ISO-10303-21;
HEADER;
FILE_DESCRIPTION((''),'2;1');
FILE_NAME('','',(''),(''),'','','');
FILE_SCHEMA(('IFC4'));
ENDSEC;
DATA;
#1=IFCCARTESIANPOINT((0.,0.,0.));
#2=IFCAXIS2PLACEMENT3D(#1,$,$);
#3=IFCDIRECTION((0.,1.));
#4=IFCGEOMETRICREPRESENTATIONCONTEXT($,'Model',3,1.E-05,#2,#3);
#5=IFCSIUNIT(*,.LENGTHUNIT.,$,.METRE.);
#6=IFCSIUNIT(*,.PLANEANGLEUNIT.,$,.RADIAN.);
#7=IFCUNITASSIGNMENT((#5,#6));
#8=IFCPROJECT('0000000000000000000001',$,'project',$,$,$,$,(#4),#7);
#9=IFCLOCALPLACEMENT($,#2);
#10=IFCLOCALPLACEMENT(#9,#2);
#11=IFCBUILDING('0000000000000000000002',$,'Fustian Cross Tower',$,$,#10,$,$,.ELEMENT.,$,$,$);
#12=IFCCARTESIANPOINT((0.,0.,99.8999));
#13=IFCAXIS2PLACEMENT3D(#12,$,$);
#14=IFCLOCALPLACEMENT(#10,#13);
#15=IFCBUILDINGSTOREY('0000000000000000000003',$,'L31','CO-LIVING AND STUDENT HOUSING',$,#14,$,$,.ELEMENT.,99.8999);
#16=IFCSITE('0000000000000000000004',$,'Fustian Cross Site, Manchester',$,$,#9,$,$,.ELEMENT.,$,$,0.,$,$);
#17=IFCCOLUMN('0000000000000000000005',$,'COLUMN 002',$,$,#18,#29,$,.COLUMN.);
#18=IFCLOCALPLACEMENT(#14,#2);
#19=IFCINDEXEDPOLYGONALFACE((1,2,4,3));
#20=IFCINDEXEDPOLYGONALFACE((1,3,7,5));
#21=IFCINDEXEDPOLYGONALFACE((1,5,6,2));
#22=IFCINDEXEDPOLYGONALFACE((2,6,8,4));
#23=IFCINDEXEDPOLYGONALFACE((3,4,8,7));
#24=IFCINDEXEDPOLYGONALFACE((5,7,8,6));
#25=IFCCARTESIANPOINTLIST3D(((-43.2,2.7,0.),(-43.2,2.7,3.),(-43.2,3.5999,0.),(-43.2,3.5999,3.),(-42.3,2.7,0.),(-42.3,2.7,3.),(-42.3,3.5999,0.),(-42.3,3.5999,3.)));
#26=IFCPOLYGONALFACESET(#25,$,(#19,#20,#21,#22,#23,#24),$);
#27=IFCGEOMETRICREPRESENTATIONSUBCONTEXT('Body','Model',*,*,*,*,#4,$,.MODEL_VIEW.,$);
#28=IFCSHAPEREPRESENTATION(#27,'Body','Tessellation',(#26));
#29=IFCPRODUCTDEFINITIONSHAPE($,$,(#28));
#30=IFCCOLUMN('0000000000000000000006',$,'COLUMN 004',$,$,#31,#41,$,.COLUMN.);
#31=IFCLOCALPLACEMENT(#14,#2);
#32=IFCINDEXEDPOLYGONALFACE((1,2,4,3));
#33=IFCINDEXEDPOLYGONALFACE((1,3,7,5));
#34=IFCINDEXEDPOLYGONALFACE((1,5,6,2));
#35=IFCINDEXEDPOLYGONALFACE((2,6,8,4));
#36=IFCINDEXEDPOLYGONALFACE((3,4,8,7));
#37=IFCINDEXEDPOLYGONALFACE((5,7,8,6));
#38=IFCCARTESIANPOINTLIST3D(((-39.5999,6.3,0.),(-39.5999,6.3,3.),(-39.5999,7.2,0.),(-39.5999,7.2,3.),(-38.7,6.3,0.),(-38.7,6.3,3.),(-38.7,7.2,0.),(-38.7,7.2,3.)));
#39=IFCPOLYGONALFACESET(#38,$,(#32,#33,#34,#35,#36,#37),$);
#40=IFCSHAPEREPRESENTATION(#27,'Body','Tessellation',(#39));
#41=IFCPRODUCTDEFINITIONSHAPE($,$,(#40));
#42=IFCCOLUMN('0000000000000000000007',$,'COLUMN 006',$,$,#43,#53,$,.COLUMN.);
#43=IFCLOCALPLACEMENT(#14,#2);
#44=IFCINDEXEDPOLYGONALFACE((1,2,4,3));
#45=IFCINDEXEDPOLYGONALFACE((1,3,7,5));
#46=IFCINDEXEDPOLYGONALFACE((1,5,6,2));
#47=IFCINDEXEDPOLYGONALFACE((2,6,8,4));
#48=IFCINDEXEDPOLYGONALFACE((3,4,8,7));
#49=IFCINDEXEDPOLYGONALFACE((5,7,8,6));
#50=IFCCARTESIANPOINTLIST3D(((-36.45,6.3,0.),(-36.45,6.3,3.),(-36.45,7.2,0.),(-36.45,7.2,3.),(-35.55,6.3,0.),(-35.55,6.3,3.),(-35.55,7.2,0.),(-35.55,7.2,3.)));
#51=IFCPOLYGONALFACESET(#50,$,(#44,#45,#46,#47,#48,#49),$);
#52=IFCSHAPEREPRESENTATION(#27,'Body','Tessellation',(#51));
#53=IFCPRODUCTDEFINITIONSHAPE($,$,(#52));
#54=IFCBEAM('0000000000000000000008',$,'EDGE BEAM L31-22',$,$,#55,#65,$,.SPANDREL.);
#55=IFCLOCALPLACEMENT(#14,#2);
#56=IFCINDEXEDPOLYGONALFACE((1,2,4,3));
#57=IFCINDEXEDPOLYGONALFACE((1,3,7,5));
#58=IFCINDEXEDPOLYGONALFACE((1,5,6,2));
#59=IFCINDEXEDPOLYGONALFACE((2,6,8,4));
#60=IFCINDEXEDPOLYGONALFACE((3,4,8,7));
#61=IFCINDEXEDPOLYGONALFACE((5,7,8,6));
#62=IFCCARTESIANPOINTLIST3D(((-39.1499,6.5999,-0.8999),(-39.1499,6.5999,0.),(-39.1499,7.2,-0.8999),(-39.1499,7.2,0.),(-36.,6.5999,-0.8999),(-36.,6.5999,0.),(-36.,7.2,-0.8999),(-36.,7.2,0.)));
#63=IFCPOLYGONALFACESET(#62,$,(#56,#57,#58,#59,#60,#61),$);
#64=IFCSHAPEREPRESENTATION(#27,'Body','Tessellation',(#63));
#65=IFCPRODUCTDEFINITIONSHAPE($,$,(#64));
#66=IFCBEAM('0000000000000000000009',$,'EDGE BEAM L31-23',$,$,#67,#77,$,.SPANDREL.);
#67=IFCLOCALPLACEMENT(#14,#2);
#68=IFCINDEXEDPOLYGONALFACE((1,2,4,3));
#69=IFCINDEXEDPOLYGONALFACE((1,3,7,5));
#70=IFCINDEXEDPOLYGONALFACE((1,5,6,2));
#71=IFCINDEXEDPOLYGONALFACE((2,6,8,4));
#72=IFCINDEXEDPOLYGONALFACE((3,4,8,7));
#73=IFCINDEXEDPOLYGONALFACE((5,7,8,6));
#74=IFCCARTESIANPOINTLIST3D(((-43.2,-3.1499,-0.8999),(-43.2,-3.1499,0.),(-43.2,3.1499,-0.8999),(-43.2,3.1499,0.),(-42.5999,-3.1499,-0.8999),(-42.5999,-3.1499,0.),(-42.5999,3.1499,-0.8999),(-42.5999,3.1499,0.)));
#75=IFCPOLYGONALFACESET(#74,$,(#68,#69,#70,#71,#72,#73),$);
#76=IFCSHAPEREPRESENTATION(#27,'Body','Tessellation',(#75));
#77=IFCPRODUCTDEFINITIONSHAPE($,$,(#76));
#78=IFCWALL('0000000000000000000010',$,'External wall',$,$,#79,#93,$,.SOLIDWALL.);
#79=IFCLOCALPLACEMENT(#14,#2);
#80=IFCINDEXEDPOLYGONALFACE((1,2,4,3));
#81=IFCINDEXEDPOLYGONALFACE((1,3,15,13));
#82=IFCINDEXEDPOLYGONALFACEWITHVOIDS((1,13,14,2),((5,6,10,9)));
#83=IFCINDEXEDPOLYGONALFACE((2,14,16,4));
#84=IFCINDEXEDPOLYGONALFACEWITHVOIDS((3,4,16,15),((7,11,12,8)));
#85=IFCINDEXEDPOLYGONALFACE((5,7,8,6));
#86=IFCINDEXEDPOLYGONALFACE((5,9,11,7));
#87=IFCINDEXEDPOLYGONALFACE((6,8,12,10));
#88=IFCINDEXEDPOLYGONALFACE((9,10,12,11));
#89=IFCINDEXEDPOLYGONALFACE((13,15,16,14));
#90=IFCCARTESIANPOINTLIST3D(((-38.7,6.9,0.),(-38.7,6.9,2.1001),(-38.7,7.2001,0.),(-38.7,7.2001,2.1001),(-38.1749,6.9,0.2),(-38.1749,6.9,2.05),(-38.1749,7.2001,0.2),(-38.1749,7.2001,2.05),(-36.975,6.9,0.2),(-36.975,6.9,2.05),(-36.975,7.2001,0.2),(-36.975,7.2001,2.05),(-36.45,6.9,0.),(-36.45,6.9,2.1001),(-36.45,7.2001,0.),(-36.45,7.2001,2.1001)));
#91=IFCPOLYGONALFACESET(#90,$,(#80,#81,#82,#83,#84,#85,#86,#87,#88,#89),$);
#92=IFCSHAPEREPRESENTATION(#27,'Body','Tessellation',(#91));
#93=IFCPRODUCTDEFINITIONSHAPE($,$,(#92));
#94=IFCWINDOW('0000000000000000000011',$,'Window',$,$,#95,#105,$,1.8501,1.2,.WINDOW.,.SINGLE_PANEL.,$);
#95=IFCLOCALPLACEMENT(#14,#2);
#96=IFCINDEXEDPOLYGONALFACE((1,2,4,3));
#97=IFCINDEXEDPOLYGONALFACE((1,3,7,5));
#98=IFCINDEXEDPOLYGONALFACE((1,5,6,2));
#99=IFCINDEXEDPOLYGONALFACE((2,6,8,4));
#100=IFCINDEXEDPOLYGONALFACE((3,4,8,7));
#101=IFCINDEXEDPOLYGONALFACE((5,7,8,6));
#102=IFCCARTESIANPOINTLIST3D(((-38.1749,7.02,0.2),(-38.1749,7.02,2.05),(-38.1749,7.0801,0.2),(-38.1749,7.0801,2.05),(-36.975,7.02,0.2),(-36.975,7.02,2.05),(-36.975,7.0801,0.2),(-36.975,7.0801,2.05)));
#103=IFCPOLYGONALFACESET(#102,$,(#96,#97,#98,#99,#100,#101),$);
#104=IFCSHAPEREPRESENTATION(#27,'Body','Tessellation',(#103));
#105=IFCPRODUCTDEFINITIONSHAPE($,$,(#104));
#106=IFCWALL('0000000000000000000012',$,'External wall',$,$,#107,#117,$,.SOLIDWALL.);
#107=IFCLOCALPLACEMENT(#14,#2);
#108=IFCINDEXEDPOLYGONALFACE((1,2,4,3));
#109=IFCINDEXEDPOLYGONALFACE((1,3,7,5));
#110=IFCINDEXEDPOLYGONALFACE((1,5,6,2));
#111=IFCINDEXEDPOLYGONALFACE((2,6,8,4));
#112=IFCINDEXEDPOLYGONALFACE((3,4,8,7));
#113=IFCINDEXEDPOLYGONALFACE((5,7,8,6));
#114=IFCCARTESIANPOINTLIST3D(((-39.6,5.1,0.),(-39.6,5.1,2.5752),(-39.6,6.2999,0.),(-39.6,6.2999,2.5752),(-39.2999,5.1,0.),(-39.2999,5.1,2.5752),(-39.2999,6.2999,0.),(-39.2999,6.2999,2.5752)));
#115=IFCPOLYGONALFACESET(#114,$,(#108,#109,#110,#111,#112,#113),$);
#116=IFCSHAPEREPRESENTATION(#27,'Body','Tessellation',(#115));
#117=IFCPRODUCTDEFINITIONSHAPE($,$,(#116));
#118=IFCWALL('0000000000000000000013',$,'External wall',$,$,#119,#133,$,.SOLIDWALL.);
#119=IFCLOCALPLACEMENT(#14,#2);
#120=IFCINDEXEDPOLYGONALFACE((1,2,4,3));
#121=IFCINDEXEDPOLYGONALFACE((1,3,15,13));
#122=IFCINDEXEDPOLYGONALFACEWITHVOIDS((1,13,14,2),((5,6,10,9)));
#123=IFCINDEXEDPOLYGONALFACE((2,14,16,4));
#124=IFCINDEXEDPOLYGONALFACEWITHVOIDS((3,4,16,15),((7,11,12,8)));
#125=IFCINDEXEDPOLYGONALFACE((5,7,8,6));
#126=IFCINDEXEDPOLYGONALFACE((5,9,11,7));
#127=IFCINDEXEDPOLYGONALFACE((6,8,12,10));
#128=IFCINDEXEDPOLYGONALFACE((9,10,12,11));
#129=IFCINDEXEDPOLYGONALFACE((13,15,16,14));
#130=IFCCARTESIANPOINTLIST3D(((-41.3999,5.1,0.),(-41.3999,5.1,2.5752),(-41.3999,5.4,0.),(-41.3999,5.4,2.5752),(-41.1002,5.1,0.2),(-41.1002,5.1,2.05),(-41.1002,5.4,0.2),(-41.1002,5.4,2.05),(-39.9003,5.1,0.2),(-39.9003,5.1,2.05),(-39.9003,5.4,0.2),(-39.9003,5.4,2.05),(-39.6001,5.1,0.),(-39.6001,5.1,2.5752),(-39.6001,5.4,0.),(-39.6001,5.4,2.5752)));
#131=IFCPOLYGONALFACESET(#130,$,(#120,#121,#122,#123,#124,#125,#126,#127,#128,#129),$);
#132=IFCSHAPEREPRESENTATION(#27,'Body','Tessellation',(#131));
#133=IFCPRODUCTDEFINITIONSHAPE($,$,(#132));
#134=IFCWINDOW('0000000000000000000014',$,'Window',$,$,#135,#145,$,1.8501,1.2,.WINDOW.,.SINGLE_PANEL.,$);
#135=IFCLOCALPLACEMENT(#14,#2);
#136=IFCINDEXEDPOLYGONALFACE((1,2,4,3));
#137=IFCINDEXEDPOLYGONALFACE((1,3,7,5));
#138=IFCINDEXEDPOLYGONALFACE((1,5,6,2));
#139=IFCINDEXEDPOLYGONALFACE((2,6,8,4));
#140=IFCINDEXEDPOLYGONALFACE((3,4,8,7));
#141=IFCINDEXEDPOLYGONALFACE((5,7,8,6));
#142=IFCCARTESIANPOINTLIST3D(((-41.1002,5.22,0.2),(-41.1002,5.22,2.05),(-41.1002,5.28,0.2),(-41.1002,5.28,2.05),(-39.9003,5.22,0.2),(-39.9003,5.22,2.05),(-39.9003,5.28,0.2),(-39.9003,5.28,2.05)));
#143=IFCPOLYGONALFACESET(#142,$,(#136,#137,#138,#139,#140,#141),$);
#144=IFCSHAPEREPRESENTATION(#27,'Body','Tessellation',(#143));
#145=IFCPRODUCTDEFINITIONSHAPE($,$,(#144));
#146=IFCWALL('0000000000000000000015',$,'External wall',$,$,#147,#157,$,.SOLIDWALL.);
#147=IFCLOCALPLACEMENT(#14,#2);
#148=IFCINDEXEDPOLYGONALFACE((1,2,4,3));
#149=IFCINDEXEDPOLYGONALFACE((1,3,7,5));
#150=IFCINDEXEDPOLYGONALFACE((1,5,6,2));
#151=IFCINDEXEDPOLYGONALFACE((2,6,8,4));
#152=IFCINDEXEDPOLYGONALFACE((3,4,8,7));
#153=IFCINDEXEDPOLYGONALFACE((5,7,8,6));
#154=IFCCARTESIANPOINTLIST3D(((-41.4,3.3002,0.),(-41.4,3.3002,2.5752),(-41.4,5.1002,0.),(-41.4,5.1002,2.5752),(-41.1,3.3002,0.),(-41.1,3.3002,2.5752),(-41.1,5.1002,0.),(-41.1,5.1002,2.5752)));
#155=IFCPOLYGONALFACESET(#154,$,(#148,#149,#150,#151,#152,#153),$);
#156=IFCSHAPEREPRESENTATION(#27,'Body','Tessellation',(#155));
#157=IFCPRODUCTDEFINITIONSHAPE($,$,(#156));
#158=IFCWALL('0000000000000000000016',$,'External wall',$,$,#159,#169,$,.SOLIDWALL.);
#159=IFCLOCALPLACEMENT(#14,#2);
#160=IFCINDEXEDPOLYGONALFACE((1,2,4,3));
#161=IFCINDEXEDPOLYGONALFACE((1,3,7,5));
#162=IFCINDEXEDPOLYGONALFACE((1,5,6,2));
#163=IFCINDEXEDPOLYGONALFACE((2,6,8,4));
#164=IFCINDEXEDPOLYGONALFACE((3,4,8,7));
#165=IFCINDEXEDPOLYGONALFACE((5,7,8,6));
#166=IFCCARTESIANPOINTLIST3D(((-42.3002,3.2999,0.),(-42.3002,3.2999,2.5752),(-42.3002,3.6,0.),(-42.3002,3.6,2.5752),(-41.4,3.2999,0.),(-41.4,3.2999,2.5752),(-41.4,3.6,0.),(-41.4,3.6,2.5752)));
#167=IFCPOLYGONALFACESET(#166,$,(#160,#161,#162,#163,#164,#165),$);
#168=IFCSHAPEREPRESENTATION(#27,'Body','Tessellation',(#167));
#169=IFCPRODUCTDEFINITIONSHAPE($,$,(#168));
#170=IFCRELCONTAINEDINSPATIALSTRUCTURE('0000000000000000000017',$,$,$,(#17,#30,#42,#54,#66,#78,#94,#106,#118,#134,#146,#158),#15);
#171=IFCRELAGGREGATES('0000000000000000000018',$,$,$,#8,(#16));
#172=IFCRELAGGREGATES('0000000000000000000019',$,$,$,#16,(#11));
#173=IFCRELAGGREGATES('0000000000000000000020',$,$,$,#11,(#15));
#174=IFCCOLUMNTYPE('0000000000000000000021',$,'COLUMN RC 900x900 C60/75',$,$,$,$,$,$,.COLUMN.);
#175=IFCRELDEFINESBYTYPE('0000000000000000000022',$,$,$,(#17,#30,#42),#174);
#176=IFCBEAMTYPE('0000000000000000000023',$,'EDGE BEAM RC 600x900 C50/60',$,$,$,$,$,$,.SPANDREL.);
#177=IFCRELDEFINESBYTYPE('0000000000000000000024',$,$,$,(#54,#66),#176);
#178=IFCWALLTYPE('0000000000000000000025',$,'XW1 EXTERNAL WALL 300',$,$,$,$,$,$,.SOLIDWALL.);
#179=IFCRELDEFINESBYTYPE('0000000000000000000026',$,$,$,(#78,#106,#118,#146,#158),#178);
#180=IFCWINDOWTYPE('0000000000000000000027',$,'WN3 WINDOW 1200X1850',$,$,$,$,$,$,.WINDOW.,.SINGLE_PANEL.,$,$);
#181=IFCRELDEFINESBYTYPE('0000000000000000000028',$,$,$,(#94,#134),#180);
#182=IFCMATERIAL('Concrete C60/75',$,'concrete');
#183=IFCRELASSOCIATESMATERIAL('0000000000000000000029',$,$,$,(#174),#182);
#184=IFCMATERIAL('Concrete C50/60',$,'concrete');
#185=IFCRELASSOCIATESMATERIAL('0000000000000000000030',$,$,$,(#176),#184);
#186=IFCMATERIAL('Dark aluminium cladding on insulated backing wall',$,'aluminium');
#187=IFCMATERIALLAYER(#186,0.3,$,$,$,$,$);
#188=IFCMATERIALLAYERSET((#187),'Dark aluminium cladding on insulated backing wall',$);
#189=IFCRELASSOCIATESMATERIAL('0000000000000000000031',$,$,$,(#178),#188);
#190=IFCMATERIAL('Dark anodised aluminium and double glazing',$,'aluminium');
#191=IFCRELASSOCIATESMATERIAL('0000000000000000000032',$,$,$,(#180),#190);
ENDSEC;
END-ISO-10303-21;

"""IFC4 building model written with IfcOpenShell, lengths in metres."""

from ifc_helpers import new_model, si_unit, direction, frame, frame_2d, origin, origin_2d, place, context, subcontext, project, spatial, rectangle, extrude, material, layer, layer_set, material_profile, profile_set, type_object, element, fill, save


model = new_model("IFC4")

# Units and contexts
model_context = context("Model", 3, precision=1e-05, world=origin(), true_north=direction((0.0, 1.0)))
body_context = subcontext(model_context, "Body", "Model", "MODEL_VIEW")
ifc_project = project(units=[si_unit("LENGTHUNIT", "METRE"), si_unit("PLANEANGLEUNIT", "RADIAN")], contexts=[model_context])

# Site, building, storey
site_placement = place(None, origin())
site = spatial("IfcSite", under=ifc_project, at=site_placement, Name="Fustian Cross Site, Manchester", CompositionType="ELEMENT", RefElevation=0.0)
building_placement = place(site_placement, origin())
building = spatial("IfcBuilding", under=site, at=building_placement, Name="Fustian Cross Tower", CompositionType="ELEMENT")
storey_placement = place(building_placement, frame((0.0, 0.0, 99.8999)))
storey = spatial("IfcBuildingStorey", under=building, at=storey_placement, Name="L31", Description="CO-LIVING AND STUDENT HOUSING", CompositionType="ELEMENT", Elevation=99.8999)

# Columns
ifc_material_1 = material(Name="Concrete C60/75", Category="concrete")
ifc_material_profile_1 = material_profile(ifc_material_1, rectangle(XDim=0.8999, YDim=0.8999, at=origin_2d()), Name="RC 900x900")
ifc_profile_set_1 = profile_set([ifc_material_profile_1], Name="Concrete C60/75")
column_type = type_object("IfcColumnType", Name="COLUMN RC 900x900 C60/75", PredefinedType="COLUMN", material=ifc_profile_set_1)
for number, where, z_axis, x_axis, name in (
    (1, (-42.75, 3.1499, 0.0), (0.0, 0.0, 1.0), (1.0, 0.0, 0.0), "COLUMN 002"),
    (2, (-39.1499, 6.75, 0.0), (0.0, 0.0, 1.0), (1.0, 0.0, 0.0), "COLUMN 004"),
    (3, (-36.0, 6.75, 0.0), (0.0, 0.0, 1.0), (1.0, 0.0, 0.0), "COLUMN 006"),
):
    element("IfcColumn", number, at=place(storey_placement, frame(where, z_axis=z_axis, x_axis=x_axis)), inside=storey, type_object=column_type, Name=name, PredefinedType="COLUMN", context=body_context, shape_type="SweptSolid", body=[
        extrude(rectangle(XDim=0.8999, YDim=0.8999, at=origin_2d()), origin(), (0.0, 0.0, 1.0), 3.0),
    ])

# Beams
ifc_material_2 = material(Name="Concrete C50/60", Category="concrete")
ifc_material_profile_2 = material_profile(ifc_material_2, rectangle(XDim=0.6001, YDim=0.8999, at=origin_2d()), Name="RC 600x900")
ifc_profile_set_2 = profile_set([ifc_material_profile_2], Name="Concrete C50/60")
beam_type = type_object("IfcBeamType", Name="EDGE BEAM RC 600x900 C50/60", PredefinedType="SPANDREL", material=ifc_profile_set_2)
beam_1_placement = place(storey_placement, frame((-36.0, 6.8999, -0.45), z_axis=(-1.0, 0.0, 0.0), x_axis=(0.0, -1.0, 0.0)))
element("IfcBeam", 4, at=beam_1_placement, inside=storey, type_object=beam_type, Name="EDGE BEAM L31-22", PredefinedType="SPANDREL", context=body_context, shape_type="SweptSolid", body=[
    extrude(rectangle(XDim=0.6001, YDim=0.8999, at=origin_2d()), origin(), (0.0, 0.0, 1.0), 3.1499),
])
beam_2_placement = place(storey_placement, frame((-42.8999, 3.1499, -0.45), z_axis=(0.0, -1.0, 0.0), x_axis=(1.0, 0.0, 0.0)))
element("IfcBeam", 5, at=beam_2_placement, inside=storey, type_object=beam_type, Name="EDGE BEAM L31-23", PredefinedType="SPANDREL", context=body_context, shape_type="SweptSolid", body=[
    extrude(rectangle(XDim=0.6001, YDim=0.8999, at=origin_2d()), origin(), (0.0, 0.0, 1.0), 6.2998),
])

# Wall, opening, window
ifc_material_3 = material(Name="Dark aluminium cladding on insulated backing wall", Category="aluminium")
ifc_layer = layer(ifc_material_3, 0.3)
ifc_layer_set = layer_set([ifc_layer], Name="Dark aluminium cladding on insulated backing wall")
wall_type = type_object("IfcWallType", Name="XW1 EXTERNAL WALL 300", PredefinedType="SOLIDWALL", material=ifc_layer_set)
wall_1_placement = place(storey_placement, frame((-36.45, 7.05, 0.0), z_axis=(0.0, 0.0, 1.0), x_axis=(-1.0, 0.0, 0.0)))
wall_1 = element("IfcWall", 6, at=wall_1_placement, inside=storey, type_object=wall_type, Name="External wall", PredefinedType="SOLIDWALL", context=body_context, shape_type="SweptSolid", body=[
    extrude(rectangle(XDim=2.25, YDim=0.3, at=frame_2d((1.125, 0.0))), origin(), (0.0, 0.0, 1.0), 2.1001),
])
opening_1_placement = place(wall_1_placement, frame((0.5249, 0.0, 0.2)))
opening_1 = element("IfcOpeningElement", 7, at=opening_1_placement, cuts=wall_1, PredefinedType="OPENING", context=body_context, shape_type="SweptSolid", body=[
    extrude(rectangle(XDim=1.2, YDim=1.8501, at=frame_2d((0.6001, 0.925))), frame((0.0, 0.1599, 0.0), z_axis=(0.0, -1.0, 0.0), x_axis=(1.0, 0.0, 0.0)), (0.0, 0.0, 1.0), 0.3201),
])
ifc_material_4 = material(Name="Dark anodised aluminium and double glazing", Category="aluminium")
window_type_1 = type_object("IfcWindowType", Name="WN3 WINDOW 1200X1850", PartitioningType="SINGLE_PANEL", PredefinedType="WINDOW", material=ifc_material_4)
window_1_placement = place(opening_1_placement, origin())
window_1 = element("IfcWindow", 8, at=window_1_placement, inside=storey, type_object=window_type_1, Name="Window", OverallHeight=1.8501, OverallWidth=1.2, PartitioningType="SINGLE_PANEL", PredefinedType="WINDOW", context=body_context, shape_type="SweptSolid", body=[
    extrude(rectangle(XDim=1.2, YDim=1.8501, at=frame_2d((0.6001, 0.925))), frame((0.0, 0.03, 0.0), z_axis=(0.0, -1.0, 0.0), x_axis=(1.0, 0.0, 0.0)), (0.0, 0.0, 1.0), 0.0601),
])
fill(opening_1, window_1)

# Wall
wall_2_placement = place(storey_placement, frame((-39.45, 6.3, 0.0), z_axis=(0.0, 0.0, 1.0), x_axis=(0.0, -1.0, 0.0)))
element("IfcWall", 9, at=wall_2_placement, inside=storey, type_object=wall_type, Name="External wall", PredefinedType="SOLIDWALL", context=body_context, shape_type="SweptSolid", body=[
    extrude(rectangle(XDim=1.2, YDim=0.3, at=frame_2d((0.6001, 0.0))), origin(), (0.0, 0.0, 1.0), 2.5752),
])

# Wall, opening, window
wall_3_placement = place(storey_placement, frame((-39.6001, 5.25, 0.0), z_axis=(0.0, 0.0, 1.0), x_axis=(-1.0, 0.0, 0.0)))
wall_3 = element("IfcWall", 10, at=wall_3_placement, inside=storey, type_object=wall_type, Name="External wall", PredefinedType="SOLIDWALL", context=body_context, shape_type="SweptSolid", body=[
    extrude(rectangle(XDim=1.7998, YDim=0.3, at=frame_2d((0.8999, 0.0))), origin(), (0.0, 0.0, 1.0), 2.5752),
])
opening_2_placement = place(wall_3_placement, frame((0.3, 0.0, 0.2)))
opening_2 = element("IfcOpeningElement", 11, at=opening_2_placement, cuts=wall_3, PredefinedType="OPENING", context=body_context, shape_type="SweptSolid", body=[
    extrude(rectangle(XDim=1.2, YDim=1.8501, at=frame_2d((0.6001, 0.925))), frame((0.0, 0.1599, 0.0), z_axis=(0.0, -1.0, 0.0), x_axis=(1.0, 0.0, 0.0)), (0.0, 0.0, 1.0), 0.3201),
])
window_2_placement = place(opening_2_placement, origin())
window_2 = element("IfcWindow", 12, at=window_2_placement, inside=storey, type_object=window_type_1, Name="Window", OverallHeight=1.8501, OverallWidth=1.2, PartitioningType="SINGLE_PANEL", PredefinedType="WINDOW", context=body_context, shape_type="SweptSolid", body=[
    extrude(rectangle(XDim=1.2, YDim=1.8501, at=frame_2d((0.6001, 0.925))), frame((0.0, 0.03, 0.0), z_axis=(0.0, -1.0, 0.0), x_axis=(1.0, 0.0, 0.0)), (0.0, 0.0, 1.0), 0.0601),
])
fill(opening_2, window_2)

# Walls
wall_4_placement = place(storey_placement, frame((-41.25, 5.1001, 0.0), z_axis=(0.0, 0.0, 1.0), x_axis=(0.0, -1.0, 0.0)))
element("IfcWall", 13, at=wall_4_placement, inside=storey, type_object=wall_type, Name="External wall", PredefinedType="SOLIDWALL", context=body_context, shape_type="SweptSolid", body=[
    extrude(rectangle(XDim=1.8, YDim=0.3, at=frame_2d((0.8999, 0.0))), origin(), (0.0, 0.0, 1.0), 2.5752),
])
wall_5_placement = place(storey_placement, frame((-41.3999, 3.45, 0.0), z_axis=(0.0, 0.0, 1.0), x_axis=(-1.0, 0.0, 0.0)))
element("IfcWall", 14, at=wall_5_placement, inside=storey, type_object=wall_type, Name="External wall", PredefinedType="SOLIDWALL", context=body_context, shape_type="SweptSolid", body=[
    extrude(rectangle(XDim=0.9001, YDim=0.3, at=frame_2d((0.4502, 0.0))), origin(), (0.0, 0.0, 1.0), 2.5752),
])

save(model, "model.ifc")
